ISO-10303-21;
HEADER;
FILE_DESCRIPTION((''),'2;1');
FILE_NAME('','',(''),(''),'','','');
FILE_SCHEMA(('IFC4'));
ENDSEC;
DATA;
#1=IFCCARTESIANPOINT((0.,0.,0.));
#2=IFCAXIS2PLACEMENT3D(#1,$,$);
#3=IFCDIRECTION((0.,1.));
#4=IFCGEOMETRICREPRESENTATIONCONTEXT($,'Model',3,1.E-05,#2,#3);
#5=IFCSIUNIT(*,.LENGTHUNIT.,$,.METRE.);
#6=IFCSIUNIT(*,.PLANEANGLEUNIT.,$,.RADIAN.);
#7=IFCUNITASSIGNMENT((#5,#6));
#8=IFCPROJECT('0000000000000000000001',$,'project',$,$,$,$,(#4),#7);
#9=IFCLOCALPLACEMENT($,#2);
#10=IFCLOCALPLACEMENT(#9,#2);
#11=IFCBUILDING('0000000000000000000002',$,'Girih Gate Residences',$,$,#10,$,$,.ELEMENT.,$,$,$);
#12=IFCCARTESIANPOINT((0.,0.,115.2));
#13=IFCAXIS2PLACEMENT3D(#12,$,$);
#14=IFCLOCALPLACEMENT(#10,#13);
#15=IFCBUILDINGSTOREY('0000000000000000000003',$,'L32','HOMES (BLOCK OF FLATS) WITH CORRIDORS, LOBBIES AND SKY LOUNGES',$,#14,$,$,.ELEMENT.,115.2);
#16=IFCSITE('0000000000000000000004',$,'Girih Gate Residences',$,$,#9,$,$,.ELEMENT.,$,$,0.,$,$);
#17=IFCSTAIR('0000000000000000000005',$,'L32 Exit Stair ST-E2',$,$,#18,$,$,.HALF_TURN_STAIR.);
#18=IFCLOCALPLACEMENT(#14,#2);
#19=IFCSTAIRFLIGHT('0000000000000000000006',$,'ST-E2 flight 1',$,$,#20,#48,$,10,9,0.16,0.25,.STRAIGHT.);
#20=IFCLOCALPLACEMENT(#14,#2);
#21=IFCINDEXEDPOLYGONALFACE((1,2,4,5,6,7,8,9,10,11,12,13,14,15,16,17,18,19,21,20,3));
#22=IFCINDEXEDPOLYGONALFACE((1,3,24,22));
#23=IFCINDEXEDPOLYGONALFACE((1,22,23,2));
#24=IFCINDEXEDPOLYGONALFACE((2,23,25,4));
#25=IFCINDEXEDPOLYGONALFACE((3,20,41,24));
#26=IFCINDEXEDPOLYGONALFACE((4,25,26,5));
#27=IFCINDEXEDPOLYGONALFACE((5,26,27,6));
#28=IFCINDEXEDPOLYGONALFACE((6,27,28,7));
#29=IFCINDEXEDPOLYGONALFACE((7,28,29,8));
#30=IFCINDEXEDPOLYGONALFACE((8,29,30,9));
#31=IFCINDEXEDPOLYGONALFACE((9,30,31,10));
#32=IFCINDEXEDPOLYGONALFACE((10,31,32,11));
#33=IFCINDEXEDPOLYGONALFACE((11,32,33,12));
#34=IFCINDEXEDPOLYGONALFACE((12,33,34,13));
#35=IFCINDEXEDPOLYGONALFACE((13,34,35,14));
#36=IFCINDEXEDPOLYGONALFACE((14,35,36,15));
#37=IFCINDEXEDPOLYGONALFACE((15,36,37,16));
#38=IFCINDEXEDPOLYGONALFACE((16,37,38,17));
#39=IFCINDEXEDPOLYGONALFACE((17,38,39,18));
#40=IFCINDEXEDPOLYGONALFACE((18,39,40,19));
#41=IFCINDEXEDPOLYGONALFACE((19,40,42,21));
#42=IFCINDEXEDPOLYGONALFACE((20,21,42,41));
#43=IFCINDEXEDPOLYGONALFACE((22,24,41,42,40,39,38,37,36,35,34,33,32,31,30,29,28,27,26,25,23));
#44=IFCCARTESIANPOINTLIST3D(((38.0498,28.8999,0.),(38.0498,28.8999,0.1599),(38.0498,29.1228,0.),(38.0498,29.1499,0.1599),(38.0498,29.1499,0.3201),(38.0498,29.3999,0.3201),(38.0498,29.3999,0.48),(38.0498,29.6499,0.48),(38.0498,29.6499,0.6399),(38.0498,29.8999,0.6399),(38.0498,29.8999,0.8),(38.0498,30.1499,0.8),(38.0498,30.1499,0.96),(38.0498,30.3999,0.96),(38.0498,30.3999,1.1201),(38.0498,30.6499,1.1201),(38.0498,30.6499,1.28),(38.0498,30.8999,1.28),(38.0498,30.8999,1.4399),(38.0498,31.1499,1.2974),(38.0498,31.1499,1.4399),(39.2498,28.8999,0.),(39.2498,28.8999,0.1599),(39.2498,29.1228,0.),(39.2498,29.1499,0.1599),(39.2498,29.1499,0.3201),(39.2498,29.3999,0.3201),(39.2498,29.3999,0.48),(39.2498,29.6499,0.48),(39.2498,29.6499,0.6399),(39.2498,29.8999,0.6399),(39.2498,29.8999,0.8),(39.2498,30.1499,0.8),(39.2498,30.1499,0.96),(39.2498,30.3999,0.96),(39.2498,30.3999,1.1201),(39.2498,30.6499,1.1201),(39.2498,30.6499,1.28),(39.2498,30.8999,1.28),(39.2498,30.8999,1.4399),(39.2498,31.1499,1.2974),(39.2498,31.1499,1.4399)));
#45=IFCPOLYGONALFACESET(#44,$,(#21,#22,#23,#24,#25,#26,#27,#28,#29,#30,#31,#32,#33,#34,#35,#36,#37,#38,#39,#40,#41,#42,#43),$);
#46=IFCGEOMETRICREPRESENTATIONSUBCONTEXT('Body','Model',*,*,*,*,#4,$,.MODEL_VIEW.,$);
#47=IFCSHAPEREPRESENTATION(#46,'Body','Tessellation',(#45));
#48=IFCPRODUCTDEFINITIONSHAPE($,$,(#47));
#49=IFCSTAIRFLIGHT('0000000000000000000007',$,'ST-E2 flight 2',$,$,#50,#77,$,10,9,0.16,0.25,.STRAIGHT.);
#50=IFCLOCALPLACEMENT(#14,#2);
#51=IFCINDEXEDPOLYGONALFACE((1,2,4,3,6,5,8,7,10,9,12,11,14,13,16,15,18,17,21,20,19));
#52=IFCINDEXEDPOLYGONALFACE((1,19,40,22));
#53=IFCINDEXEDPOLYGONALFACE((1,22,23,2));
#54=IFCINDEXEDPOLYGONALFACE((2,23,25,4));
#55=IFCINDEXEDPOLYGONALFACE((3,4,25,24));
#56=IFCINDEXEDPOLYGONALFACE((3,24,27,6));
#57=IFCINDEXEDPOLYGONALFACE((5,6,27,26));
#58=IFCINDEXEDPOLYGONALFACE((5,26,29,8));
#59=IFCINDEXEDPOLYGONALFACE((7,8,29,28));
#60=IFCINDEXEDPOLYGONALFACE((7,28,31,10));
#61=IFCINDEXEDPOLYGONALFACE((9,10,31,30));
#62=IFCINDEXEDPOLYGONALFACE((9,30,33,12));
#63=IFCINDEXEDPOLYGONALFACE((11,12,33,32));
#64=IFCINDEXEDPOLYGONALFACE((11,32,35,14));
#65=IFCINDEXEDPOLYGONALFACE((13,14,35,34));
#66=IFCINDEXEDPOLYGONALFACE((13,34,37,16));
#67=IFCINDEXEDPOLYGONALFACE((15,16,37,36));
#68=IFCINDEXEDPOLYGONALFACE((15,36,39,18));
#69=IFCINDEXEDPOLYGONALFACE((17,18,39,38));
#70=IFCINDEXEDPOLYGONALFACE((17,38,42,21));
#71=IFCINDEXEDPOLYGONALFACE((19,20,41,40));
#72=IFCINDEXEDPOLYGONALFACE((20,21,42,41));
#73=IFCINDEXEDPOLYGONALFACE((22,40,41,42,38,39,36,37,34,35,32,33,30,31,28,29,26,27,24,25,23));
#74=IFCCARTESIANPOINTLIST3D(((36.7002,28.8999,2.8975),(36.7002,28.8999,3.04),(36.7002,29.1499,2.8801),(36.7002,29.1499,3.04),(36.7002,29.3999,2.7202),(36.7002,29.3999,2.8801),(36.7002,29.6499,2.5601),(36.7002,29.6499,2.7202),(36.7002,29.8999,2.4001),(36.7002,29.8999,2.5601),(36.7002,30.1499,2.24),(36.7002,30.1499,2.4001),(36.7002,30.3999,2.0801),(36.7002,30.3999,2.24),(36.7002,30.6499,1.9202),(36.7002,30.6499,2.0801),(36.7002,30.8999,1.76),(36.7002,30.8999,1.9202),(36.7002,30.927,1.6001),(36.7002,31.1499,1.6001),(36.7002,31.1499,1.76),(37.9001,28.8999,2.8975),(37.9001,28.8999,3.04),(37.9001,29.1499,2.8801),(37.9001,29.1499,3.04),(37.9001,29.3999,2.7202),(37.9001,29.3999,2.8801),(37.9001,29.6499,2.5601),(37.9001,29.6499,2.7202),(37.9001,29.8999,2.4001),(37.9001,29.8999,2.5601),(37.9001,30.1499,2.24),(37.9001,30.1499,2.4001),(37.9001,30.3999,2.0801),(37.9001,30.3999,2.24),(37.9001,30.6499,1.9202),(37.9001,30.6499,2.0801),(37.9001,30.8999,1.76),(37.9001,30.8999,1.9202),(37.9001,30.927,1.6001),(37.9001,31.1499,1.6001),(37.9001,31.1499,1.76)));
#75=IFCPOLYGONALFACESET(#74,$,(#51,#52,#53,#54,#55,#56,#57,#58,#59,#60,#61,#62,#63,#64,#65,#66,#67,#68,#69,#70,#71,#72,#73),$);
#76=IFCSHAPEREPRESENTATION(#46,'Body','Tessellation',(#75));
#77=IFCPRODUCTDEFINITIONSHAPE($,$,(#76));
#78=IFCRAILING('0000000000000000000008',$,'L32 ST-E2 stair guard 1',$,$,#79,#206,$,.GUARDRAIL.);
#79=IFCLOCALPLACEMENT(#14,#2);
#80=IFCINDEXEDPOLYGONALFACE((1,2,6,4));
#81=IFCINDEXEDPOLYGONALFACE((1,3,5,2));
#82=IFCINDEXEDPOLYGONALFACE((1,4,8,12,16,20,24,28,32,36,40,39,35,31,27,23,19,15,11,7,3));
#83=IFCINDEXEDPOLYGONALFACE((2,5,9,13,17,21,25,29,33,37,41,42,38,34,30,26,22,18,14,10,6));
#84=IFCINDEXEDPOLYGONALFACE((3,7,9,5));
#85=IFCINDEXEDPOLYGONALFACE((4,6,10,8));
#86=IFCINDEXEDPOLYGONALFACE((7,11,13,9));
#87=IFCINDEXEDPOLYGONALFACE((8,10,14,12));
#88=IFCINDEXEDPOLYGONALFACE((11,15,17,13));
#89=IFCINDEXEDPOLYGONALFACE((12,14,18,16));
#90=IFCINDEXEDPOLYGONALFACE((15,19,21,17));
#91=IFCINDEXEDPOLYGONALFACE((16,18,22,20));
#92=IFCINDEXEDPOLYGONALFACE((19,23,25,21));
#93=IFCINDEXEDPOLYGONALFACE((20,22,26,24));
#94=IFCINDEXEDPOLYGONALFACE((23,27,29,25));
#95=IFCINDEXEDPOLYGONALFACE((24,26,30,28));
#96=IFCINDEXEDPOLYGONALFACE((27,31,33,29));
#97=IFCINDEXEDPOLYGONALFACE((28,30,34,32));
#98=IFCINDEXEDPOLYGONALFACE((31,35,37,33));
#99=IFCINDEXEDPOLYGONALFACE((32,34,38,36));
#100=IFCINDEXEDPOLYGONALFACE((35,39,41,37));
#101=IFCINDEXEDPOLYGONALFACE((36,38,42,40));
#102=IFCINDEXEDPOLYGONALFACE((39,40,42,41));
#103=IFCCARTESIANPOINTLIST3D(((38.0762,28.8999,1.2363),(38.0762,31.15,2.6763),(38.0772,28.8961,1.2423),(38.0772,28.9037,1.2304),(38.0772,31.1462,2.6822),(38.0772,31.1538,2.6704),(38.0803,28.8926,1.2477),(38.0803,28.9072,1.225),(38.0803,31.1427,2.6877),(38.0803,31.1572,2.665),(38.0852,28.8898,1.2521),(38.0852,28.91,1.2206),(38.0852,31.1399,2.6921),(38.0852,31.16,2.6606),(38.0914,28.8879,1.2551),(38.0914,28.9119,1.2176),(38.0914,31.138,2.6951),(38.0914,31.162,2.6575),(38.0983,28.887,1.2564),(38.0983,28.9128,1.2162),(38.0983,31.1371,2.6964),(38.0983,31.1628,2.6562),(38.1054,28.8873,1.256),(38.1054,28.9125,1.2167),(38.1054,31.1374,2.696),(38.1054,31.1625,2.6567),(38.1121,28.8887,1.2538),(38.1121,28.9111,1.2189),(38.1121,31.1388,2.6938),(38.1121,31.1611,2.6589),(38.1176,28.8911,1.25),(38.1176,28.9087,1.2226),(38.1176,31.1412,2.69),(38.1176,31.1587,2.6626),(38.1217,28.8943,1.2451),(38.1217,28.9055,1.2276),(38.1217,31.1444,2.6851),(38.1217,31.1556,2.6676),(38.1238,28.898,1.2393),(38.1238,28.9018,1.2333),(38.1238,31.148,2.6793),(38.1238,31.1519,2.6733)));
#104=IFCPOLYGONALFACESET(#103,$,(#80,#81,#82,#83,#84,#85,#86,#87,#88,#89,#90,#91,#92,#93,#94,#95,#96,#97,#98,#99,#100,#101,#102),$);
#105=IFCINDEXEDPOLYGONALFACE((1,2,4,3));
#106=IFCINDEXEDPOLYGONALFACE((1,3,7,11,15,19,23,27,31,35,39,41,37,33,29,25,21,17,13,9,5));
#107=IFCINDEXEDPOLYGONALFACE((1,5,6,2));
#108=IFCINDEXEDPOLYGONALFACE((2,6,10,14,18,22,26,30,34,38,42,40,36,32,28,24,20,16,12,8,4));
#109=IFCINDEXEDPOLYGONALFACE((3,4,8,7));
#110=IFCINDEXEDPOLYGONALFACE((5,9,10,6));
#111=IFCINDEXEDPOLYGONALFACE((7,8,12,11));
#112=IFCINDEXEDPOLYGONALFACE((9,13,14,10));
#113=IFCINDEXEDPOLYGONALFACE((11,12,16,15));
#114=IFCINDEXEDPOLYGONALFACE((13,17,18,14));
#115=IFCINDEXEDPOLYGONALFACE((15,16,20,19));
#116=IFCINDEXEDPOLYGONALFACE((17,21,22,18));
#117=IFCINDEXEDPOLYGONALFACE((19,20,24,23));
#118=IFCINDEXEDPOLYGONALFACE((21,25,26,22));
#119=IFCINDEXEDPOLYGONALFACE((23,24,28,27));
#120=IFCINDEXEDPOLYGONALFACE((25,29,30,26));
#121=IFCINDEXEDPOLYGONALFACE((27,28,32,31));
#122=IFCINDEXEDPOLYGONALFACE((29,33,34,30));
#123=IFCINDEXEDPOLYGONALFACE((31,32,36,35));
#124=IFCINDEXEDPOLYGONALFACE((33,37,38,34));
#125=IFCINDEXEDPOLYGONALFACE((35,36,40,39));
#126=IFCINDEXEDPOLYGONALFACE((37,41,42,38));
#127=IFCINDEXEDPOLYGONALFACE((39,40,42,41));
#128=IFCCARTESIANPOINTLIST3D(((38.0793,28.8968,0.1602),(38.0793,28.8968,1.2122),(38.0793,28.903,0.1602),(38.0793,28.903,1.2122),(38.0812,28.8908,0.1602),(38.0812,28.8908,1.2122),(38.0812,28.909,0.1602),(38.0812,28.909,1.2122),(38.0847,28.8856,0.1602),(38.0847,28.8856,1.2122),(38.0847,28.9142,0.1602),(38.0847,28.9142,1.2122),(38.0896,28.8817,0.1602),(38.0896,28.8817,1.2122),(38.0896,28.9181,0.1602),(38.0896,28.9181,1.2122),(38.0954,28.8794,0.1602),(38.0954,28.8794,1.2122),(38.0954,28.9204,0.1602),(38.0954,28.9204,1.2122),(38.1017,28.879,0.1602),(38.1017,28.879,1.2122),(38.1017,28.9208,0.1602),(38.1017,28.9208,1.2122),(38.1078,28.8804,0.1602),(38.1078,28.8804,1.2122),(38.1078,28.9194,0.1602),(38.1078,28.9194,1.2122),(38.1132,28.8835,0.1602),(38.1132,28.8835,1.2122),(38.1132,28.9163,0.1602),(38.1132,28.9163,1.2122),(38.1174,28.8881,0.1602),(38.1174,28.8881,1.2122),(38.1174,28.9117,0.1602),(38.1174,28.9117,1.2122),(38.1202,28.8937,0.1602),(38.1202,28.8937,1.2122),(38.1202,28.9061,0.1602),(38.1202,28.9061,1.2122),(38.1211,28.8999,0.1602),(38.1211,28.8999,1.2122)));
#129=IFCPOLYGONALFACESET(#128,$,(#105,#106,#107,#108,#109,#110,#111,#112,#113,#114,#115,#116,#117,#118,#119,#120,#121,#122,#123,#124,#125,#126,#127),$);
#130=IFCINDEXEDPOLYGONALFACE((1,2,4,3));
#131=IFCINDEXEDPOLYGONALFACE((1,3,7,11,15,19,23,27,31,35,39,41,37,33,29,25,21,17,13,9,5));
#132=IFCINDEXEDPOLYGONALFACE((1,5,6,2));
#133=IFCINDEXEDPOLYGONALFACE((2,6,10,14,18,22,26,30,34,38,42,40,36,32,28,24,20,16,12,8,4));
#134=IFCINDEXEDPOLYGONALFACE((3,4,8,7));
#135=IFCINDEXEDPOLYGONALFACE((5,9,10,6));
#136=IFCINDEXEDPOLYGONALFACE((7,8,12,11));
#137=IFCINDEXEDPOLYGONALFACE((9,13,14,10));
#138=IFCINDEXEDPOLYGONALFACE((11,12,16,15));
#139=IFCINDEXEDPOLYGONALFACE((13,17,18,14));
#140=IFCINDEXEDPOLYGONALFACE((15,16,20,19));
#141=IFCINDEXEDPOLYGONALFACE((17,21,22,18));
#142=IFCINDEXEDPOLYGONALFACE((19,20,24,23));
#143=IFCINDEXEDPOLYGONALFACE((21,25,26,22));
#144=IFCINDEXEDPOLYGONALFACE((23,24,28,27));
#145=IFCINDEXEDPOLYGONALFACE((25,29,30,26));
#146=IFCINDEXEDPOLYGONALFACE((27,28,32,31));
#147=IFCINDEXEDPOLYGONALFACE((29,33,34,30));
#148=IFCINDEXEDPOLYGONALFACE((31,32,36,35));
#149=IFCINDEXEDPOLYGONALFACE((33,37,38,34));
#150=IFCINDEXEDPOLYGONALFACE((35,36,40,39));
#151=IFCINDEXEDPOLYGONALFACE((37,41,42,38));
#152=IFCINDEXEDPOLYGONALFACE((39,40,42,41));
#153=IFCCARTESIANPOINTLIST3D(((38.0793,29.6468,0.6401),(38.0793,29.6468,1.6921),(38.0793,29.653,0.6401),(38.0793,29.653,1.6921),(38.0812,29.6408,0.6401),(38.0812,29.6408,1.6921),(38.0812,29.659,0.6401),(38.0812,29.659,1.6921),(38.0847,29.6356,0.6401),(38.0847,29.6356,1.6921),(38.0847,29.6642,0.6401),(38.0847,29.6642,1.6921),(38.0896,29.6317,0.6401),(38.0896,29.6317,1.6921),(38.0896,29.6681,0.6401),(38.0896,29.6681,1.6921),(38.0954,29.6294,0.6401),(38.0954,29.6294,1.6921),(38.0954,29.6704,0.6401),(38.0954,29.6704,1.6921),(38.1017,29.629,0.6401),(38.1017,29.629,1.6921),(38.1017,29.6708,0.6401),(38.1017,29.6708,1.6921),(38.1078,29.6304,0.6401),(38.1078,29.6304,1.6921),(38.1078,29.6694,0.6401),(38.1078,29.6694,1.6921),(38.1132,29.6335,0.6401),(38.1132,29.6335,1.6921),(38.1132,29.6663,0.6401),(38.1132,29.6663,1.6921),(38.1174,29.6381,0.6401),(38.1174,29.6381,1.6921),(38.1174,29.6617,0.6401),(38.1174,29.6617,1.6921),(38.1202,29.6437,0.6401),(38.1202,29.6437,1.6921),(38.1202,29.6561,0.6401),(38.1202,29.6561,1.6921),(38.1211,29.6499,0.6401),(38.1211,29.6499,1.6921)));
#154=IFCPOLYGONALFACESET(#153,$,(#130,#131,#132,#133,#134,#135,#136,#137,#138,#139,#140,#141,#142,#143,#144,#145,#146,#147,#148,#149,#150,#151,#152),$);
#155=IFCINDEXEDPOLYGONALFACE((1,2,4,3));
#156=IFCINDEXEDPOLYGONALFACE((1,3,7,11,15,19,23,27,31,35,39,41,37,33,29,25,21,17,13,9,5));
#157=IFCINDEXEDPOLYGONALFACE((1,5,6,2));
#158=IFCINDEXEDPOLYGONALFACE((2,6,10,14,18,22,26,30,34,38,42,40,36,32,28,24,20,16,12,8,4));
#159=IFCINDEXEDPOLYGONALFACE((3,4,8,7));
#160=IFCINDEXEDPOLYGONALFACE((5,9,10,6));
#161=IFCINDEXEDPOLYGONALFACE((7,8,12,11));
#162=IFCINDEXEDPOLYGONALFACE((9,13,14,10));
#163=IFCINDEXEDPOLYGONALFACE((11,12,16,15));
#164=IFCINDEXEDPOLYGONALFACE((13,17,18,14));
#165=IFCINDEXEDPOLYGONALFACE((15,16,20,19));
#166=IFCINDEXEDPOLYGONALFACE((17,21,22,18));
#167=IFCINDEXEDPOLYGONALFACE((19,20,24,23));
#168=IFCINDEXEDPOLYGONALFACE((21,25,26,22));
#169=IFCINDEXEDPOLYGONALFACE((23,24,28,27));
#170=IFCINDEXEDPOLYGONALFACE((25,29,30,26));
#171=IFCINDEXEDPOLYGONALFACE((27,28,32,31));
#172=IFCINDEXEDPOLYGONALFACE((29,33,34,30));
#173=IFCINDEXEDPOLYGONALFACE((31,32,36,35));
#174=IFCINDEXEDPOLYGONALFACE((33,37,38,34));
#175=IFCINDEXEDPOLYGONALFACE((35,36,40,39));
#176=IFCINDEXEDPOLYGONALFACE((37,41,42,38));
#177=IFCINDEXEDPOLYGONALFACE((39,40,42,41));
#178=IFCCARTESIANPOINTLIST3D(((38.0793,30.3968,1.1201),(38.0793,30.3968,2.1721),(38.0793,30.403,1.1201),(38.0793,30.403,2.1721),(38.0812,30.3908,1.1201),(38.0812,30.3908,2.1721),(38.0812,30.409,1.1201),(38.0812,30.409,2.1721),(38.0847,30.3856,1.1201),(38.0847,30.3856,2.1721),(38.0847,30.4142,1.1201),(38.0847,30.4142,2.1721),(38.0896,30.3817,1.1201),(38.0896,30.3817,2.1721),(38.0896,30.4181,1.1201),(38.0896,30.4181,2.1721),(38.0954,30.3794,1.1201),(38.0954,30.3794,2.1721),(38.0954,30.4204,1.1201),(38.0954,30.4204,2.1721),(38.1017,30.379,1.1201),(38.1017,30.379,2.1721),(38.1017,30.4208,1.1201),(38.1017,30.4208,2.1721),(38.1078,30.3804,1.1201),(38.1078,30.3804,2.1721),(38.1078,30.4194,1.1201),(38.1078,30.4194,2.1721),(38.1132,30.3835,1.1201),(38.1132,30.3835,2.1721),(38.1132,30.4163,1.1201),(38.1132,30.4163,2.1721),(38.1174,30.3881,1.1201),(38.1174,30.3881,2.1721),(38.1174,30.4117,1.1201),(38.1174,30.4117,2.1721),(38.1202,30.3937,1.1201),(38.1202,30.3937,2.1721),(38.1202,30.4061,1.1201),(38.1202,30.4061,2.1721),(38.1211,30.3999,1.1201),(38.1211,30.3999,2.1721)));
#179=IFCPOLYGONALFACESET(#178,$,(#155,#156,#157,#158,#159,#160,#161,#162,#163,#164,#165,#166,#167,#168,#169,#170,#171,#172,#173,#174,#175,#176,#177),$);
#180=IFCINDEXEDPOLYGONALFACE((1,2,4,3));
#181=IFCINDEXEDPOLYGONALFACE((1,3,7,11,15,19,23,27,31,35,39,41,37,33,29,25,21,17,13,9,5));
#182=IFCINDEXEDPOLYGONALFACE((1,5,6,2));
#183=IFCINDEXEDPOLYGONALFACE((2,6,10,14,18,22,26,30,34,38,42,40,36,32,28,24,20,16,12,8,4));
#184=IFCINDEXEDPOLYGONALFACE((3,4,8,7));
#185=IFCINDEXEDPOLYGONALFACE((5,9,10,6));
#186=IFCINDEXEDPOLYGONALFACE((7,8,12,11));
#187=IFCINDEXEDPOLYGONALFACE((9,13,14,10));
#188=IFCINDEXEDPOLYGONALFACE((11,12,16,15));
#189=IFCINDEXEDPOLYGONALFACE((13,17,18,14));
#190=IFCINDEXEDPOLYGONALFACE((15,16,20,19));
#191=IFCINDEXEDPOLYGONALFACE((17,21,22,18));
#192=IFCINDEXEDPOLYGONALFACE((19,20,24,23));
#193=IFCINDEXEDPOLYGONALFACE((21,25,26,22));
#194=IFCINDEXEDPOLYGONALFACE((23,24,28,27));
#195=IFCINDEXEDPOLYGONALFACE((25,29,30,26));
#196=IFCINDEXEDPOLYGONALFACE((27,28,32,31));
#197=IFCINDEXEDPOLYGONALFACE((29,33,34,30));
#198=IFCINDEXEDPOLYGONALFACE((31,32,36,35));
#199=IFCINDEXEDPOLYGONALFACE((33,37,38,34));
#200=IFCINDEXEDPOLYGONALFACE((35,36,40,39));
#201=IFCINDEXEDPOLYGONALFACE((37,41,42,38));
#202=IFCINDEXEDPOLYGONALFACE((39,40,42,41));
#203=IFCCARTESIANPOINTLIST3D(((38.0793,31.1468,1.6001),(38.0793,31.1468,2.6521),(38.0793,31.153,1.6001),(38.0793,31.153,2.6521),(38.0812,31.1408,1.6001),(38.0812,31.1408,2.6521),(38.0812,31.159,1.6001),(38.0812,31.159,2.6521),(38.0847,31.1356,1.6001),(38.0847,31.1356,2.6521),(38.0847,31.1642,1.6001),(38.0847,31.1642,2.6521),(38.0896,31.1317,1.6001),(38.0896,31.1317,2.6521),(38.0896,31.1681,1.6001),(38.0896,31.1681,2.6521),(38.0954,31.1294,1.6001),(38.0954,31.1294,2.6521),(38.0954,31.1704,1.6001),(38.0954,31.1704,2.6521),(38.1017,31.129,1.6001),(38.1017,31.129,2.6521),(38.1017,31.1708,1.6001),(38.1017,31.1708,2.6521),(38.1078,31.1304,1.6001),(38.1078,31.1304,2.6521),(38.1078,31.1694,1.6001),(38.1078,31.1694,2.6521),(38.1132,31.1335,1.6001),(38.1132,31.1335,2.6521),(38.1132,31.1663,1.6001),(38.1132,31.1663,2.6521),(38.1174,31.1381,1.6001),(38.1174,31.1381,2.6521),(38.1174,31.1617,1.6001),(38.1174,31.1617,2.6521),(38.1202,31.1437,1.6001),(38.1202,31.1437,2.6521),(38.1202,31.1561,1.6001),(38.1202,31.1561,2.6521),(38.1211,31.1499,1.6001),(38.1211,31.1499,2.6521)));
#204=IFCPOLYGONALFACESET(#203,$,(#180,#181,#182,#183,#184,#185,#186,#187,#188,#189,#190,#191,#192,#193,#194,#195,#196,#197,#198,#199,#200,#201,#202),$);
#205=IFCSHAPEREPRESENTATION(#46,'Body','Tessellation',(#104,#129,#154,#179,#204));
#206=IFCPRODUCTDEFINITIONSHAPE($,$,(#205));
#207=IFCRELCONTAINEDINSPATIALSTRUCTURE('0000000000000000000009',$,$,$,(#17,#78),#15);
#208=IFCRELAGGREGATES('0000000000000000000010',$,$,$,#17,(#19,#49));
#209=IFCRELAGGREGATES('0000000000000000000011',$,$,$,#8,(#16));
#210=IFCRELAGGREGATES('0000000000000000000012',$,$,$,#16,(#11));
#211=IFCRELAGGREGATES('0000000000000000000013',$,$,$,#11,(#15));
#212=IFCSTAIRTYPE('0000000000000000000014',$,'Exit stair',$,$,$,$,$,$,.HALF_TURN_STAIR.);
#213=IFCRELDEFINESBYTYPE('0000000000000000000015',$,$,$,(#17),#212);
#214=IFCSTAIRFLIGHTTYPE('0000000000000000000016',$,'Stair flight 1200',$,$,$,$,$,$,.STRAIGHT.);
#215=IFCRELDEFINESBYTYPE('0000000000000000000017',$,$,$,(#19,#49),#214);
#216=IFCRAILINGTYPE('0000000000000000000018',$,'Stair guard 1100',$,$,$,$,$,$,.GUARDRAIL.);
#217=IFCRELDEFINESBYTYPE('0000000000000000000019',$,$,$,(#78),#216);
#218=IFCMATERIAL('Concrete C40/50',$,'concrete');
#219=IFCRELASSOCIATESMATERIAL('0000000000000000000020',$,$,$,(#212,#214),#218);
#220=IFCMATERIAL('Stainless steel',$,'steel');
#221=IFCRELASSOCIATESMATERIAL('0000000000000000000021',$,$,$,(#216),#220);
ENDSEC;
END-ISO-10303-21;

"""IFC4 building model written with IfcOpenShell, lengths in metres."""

from ifc_helpers import new_model, si_unit, direction, frame, origin, origin_2d, place, context, subcontext, project, spatial, polyline, circle, outline, extrude, material, type_object, element, aggregate, save


model = new_model("IFC4")

# Units and contexts
model_context = context("Model", 3, precision=1e-05, world=origin(), true_north=direction((0.0, 1.0)))
body_context = subcontext(model_context, "Body", "Model", "MODEL_VIEW")
ifc_project = project(units=[si_unit("LENGTHUNIT", "METRE"), si_unit("PLANEANGLEUNIT", "RADIAN")], contexts=[model_context])

# Site, building, storey
site_placement = place(None, origin())
site = spatial("IfcSite", under=ifc_project, at=site_placement, Name="Girih Gate Residences", CompositionType="ELEMENT", RefElevation=0.0)
building_placement = place(site_placement, origin())
building = spatial("IfcBuilding", under=site, at=building_placement, Name="Girih Gate Residences", CompositionType="ELEMENT")
storey_placement = place(building_placement, frame((0.0, 0.0, 115.2)))
storey = spatial("IfcBuildingStorey", under=building, at=storey_placement, Name="L32", Description="HOMES (BLOCK OF FLATS) WITH CORRIDORS, LOBBIES AND SKY LOUNGES", CompositionType="ELEMENT", Elevation=115.2)

# Shared definitions
ifc_material_1 = material(Name="Concrete C40/50", Category="concrete")

# Stair, stair flights
stair_type = type_object("IfcStairType", Name="Exit stair", PredefinedType="HALF_TURN_STAIR", material=ifc_material_1)
stair_placement = place(storey_placement, origin())
stair = element("IfcStair", 1, at=stair_placement, inside=storey, type_object=stair_type, Name="L32 Exit Stair ST-E2", PredefinedType="HALF_TURN_STAIR")
stair_flight_type = type_object("IfcStairFlightType", Name="Stair flight 1200", PredefinedType="STRAIGHT", material=ifc_material_1)
stair_flight_1_placement = place(storey_placement, frame((38.6499, 28.8999, 0.0), z_axis=(0.0, 0.0, 1.0), x_axis=(0.0, 1.0, 0.0)))
stair_flight_1 = element("IfcStairFlight", 2, at=stair_flight_1_placement, type_object=stair_flight_type, Name="ST-E2 flight 1", NumberOfRisers=10, NumberOfTreads=9, PredefinedType="STRAIGHT", RiserHeight=0.16, TreadLength=0.25, context=body_context, shape_type="SweptSolid", body=[
    extrude(outline(polyline([(0.0, 0.0), (0.0, 0.1599), (0.25, 0.1599), (0.25, 0.3201), (0.5, 0.3201), (0.5, 0.48), (0.75, 0.48), (0.75, 0.6399), (1.0, 0.6399), (1.0, 0.8), (1.25, 0.8), (1.25, 0.96), (1.5, 0.96), (1.5, 1.1201), (1.75, 1.1201), (1.75, 1.28), (2.0, 1.28), (2.0, 1.4399), (2.25, 1.4399), (2.25, 1.6001), (2.25, 1.2974), (0.2229, 0.0), (0.0, 0.0)])), frame((0.0, 0.6001, 0.0), z_axis=(0.0, -1.0, 0.0), x_axis=(1.0, 0.0, 0.0)), (0.0, 0.0, 1.0), 1.2),
])
stair_flight_2_placement = place(storey_placement, frame((37.3, 31.1499, 1.6001), z_axis=(0.0, 0.0, 1.0), x_axis=(0.0, -1.0, 0.0)))
stair_flight_2 = element("IfcStairFlight", 3, at=stair_flight_2_placement, type_object=stair_flight_type, Name="ST-E2 flight 2", NumberOfRisers=10, NumberOfTreads=9, PredefinedType="STRAIGHT", RiserHeight=0.16, TreadLength=0.25, context=body_context, shape_type="SweptSolid", body=[
    extrude(outline(polyline([(0.0, 0.0), (0.0, 0.1599), (0.25, 0.1599), (0.25, 0.3201), (0.5, 0.3201), (0.5, 0.48), (0.75, 0.48), (0.75, 0.6399), (1.0, 0.6399), (1.0, 0.8), (1.25, 0.8), (1.25, 0.96), (1.5, 0.96), (1.5, 1.1201), (1.75, 1.1201), (1.75, 1.28), (2.0, 1.28), (2.0, 1.4399), (2.25, 1.4399), (2.25, 1.6001), (2.25, 1.2974), (0.2229, 0.0), (0.0, 0.0)])), frame((0.0, 0.6001, 0.0), z_axis=(0.0, -1.0, 0.0), x_axis=(1.0, 0.0, 0.0)), (0.0, 0.0, 1.0), 1.2),
])
aggregate(stair, [stair_flight_1, stair_flight_2])

# Railing
ifc_material_2 = material(Name="Stainless steel", Category="steel")
railing_type_1 = type_object("IfcRailingType", Name="Stair guard 1100", PredefinedType="GUARDRAIL", material=ifc_material_2)
railing_1_placement = place(storey_placement, frame((38.1001, 28.8999, 0.1602)))
element("IfcRailing", 4, at=railing_1_placement, inside=storey, type_object=railing_type_1, Name="L32 ST-E2 stair guard 1", PredefinedType="GUARDRAIL", context=body_context, shape_type="SweptSolid", body=[
    extrude(circle(Radius=0.0239, at=origin_2d()), frame((0.0, 0.0, 1.0762), z_axis=(0.0, 0.842281, 0.539038), x_axis=(-1.0, 0.0, 0.0)), (0.0, 0.0, 1.0), 2.6714),
    extrude(circle(Radius=0.021, at=origin_2d()), origin(), (0.0, 0.0, 1.0), 1.052),
    extrude(circle(Radius=0.021, at=origin_2d()), frame((0.0, 0.75, 0.48)), (0.0, 0.0, 1.0), 1.052),
    extrude(circle(Radius=0.021, at=origin_2d()), frame((0.0, 1.5, 0.96)), (0.0, 0.0, 1.0), 1.052),
    extrude(circle(Radius=0.021, at=origin_2d()), frame((0.0, 2.25, 1.4399)), (0.0, 0.0, 1.0), 1.052),
])

save(model, "model.ifc")
